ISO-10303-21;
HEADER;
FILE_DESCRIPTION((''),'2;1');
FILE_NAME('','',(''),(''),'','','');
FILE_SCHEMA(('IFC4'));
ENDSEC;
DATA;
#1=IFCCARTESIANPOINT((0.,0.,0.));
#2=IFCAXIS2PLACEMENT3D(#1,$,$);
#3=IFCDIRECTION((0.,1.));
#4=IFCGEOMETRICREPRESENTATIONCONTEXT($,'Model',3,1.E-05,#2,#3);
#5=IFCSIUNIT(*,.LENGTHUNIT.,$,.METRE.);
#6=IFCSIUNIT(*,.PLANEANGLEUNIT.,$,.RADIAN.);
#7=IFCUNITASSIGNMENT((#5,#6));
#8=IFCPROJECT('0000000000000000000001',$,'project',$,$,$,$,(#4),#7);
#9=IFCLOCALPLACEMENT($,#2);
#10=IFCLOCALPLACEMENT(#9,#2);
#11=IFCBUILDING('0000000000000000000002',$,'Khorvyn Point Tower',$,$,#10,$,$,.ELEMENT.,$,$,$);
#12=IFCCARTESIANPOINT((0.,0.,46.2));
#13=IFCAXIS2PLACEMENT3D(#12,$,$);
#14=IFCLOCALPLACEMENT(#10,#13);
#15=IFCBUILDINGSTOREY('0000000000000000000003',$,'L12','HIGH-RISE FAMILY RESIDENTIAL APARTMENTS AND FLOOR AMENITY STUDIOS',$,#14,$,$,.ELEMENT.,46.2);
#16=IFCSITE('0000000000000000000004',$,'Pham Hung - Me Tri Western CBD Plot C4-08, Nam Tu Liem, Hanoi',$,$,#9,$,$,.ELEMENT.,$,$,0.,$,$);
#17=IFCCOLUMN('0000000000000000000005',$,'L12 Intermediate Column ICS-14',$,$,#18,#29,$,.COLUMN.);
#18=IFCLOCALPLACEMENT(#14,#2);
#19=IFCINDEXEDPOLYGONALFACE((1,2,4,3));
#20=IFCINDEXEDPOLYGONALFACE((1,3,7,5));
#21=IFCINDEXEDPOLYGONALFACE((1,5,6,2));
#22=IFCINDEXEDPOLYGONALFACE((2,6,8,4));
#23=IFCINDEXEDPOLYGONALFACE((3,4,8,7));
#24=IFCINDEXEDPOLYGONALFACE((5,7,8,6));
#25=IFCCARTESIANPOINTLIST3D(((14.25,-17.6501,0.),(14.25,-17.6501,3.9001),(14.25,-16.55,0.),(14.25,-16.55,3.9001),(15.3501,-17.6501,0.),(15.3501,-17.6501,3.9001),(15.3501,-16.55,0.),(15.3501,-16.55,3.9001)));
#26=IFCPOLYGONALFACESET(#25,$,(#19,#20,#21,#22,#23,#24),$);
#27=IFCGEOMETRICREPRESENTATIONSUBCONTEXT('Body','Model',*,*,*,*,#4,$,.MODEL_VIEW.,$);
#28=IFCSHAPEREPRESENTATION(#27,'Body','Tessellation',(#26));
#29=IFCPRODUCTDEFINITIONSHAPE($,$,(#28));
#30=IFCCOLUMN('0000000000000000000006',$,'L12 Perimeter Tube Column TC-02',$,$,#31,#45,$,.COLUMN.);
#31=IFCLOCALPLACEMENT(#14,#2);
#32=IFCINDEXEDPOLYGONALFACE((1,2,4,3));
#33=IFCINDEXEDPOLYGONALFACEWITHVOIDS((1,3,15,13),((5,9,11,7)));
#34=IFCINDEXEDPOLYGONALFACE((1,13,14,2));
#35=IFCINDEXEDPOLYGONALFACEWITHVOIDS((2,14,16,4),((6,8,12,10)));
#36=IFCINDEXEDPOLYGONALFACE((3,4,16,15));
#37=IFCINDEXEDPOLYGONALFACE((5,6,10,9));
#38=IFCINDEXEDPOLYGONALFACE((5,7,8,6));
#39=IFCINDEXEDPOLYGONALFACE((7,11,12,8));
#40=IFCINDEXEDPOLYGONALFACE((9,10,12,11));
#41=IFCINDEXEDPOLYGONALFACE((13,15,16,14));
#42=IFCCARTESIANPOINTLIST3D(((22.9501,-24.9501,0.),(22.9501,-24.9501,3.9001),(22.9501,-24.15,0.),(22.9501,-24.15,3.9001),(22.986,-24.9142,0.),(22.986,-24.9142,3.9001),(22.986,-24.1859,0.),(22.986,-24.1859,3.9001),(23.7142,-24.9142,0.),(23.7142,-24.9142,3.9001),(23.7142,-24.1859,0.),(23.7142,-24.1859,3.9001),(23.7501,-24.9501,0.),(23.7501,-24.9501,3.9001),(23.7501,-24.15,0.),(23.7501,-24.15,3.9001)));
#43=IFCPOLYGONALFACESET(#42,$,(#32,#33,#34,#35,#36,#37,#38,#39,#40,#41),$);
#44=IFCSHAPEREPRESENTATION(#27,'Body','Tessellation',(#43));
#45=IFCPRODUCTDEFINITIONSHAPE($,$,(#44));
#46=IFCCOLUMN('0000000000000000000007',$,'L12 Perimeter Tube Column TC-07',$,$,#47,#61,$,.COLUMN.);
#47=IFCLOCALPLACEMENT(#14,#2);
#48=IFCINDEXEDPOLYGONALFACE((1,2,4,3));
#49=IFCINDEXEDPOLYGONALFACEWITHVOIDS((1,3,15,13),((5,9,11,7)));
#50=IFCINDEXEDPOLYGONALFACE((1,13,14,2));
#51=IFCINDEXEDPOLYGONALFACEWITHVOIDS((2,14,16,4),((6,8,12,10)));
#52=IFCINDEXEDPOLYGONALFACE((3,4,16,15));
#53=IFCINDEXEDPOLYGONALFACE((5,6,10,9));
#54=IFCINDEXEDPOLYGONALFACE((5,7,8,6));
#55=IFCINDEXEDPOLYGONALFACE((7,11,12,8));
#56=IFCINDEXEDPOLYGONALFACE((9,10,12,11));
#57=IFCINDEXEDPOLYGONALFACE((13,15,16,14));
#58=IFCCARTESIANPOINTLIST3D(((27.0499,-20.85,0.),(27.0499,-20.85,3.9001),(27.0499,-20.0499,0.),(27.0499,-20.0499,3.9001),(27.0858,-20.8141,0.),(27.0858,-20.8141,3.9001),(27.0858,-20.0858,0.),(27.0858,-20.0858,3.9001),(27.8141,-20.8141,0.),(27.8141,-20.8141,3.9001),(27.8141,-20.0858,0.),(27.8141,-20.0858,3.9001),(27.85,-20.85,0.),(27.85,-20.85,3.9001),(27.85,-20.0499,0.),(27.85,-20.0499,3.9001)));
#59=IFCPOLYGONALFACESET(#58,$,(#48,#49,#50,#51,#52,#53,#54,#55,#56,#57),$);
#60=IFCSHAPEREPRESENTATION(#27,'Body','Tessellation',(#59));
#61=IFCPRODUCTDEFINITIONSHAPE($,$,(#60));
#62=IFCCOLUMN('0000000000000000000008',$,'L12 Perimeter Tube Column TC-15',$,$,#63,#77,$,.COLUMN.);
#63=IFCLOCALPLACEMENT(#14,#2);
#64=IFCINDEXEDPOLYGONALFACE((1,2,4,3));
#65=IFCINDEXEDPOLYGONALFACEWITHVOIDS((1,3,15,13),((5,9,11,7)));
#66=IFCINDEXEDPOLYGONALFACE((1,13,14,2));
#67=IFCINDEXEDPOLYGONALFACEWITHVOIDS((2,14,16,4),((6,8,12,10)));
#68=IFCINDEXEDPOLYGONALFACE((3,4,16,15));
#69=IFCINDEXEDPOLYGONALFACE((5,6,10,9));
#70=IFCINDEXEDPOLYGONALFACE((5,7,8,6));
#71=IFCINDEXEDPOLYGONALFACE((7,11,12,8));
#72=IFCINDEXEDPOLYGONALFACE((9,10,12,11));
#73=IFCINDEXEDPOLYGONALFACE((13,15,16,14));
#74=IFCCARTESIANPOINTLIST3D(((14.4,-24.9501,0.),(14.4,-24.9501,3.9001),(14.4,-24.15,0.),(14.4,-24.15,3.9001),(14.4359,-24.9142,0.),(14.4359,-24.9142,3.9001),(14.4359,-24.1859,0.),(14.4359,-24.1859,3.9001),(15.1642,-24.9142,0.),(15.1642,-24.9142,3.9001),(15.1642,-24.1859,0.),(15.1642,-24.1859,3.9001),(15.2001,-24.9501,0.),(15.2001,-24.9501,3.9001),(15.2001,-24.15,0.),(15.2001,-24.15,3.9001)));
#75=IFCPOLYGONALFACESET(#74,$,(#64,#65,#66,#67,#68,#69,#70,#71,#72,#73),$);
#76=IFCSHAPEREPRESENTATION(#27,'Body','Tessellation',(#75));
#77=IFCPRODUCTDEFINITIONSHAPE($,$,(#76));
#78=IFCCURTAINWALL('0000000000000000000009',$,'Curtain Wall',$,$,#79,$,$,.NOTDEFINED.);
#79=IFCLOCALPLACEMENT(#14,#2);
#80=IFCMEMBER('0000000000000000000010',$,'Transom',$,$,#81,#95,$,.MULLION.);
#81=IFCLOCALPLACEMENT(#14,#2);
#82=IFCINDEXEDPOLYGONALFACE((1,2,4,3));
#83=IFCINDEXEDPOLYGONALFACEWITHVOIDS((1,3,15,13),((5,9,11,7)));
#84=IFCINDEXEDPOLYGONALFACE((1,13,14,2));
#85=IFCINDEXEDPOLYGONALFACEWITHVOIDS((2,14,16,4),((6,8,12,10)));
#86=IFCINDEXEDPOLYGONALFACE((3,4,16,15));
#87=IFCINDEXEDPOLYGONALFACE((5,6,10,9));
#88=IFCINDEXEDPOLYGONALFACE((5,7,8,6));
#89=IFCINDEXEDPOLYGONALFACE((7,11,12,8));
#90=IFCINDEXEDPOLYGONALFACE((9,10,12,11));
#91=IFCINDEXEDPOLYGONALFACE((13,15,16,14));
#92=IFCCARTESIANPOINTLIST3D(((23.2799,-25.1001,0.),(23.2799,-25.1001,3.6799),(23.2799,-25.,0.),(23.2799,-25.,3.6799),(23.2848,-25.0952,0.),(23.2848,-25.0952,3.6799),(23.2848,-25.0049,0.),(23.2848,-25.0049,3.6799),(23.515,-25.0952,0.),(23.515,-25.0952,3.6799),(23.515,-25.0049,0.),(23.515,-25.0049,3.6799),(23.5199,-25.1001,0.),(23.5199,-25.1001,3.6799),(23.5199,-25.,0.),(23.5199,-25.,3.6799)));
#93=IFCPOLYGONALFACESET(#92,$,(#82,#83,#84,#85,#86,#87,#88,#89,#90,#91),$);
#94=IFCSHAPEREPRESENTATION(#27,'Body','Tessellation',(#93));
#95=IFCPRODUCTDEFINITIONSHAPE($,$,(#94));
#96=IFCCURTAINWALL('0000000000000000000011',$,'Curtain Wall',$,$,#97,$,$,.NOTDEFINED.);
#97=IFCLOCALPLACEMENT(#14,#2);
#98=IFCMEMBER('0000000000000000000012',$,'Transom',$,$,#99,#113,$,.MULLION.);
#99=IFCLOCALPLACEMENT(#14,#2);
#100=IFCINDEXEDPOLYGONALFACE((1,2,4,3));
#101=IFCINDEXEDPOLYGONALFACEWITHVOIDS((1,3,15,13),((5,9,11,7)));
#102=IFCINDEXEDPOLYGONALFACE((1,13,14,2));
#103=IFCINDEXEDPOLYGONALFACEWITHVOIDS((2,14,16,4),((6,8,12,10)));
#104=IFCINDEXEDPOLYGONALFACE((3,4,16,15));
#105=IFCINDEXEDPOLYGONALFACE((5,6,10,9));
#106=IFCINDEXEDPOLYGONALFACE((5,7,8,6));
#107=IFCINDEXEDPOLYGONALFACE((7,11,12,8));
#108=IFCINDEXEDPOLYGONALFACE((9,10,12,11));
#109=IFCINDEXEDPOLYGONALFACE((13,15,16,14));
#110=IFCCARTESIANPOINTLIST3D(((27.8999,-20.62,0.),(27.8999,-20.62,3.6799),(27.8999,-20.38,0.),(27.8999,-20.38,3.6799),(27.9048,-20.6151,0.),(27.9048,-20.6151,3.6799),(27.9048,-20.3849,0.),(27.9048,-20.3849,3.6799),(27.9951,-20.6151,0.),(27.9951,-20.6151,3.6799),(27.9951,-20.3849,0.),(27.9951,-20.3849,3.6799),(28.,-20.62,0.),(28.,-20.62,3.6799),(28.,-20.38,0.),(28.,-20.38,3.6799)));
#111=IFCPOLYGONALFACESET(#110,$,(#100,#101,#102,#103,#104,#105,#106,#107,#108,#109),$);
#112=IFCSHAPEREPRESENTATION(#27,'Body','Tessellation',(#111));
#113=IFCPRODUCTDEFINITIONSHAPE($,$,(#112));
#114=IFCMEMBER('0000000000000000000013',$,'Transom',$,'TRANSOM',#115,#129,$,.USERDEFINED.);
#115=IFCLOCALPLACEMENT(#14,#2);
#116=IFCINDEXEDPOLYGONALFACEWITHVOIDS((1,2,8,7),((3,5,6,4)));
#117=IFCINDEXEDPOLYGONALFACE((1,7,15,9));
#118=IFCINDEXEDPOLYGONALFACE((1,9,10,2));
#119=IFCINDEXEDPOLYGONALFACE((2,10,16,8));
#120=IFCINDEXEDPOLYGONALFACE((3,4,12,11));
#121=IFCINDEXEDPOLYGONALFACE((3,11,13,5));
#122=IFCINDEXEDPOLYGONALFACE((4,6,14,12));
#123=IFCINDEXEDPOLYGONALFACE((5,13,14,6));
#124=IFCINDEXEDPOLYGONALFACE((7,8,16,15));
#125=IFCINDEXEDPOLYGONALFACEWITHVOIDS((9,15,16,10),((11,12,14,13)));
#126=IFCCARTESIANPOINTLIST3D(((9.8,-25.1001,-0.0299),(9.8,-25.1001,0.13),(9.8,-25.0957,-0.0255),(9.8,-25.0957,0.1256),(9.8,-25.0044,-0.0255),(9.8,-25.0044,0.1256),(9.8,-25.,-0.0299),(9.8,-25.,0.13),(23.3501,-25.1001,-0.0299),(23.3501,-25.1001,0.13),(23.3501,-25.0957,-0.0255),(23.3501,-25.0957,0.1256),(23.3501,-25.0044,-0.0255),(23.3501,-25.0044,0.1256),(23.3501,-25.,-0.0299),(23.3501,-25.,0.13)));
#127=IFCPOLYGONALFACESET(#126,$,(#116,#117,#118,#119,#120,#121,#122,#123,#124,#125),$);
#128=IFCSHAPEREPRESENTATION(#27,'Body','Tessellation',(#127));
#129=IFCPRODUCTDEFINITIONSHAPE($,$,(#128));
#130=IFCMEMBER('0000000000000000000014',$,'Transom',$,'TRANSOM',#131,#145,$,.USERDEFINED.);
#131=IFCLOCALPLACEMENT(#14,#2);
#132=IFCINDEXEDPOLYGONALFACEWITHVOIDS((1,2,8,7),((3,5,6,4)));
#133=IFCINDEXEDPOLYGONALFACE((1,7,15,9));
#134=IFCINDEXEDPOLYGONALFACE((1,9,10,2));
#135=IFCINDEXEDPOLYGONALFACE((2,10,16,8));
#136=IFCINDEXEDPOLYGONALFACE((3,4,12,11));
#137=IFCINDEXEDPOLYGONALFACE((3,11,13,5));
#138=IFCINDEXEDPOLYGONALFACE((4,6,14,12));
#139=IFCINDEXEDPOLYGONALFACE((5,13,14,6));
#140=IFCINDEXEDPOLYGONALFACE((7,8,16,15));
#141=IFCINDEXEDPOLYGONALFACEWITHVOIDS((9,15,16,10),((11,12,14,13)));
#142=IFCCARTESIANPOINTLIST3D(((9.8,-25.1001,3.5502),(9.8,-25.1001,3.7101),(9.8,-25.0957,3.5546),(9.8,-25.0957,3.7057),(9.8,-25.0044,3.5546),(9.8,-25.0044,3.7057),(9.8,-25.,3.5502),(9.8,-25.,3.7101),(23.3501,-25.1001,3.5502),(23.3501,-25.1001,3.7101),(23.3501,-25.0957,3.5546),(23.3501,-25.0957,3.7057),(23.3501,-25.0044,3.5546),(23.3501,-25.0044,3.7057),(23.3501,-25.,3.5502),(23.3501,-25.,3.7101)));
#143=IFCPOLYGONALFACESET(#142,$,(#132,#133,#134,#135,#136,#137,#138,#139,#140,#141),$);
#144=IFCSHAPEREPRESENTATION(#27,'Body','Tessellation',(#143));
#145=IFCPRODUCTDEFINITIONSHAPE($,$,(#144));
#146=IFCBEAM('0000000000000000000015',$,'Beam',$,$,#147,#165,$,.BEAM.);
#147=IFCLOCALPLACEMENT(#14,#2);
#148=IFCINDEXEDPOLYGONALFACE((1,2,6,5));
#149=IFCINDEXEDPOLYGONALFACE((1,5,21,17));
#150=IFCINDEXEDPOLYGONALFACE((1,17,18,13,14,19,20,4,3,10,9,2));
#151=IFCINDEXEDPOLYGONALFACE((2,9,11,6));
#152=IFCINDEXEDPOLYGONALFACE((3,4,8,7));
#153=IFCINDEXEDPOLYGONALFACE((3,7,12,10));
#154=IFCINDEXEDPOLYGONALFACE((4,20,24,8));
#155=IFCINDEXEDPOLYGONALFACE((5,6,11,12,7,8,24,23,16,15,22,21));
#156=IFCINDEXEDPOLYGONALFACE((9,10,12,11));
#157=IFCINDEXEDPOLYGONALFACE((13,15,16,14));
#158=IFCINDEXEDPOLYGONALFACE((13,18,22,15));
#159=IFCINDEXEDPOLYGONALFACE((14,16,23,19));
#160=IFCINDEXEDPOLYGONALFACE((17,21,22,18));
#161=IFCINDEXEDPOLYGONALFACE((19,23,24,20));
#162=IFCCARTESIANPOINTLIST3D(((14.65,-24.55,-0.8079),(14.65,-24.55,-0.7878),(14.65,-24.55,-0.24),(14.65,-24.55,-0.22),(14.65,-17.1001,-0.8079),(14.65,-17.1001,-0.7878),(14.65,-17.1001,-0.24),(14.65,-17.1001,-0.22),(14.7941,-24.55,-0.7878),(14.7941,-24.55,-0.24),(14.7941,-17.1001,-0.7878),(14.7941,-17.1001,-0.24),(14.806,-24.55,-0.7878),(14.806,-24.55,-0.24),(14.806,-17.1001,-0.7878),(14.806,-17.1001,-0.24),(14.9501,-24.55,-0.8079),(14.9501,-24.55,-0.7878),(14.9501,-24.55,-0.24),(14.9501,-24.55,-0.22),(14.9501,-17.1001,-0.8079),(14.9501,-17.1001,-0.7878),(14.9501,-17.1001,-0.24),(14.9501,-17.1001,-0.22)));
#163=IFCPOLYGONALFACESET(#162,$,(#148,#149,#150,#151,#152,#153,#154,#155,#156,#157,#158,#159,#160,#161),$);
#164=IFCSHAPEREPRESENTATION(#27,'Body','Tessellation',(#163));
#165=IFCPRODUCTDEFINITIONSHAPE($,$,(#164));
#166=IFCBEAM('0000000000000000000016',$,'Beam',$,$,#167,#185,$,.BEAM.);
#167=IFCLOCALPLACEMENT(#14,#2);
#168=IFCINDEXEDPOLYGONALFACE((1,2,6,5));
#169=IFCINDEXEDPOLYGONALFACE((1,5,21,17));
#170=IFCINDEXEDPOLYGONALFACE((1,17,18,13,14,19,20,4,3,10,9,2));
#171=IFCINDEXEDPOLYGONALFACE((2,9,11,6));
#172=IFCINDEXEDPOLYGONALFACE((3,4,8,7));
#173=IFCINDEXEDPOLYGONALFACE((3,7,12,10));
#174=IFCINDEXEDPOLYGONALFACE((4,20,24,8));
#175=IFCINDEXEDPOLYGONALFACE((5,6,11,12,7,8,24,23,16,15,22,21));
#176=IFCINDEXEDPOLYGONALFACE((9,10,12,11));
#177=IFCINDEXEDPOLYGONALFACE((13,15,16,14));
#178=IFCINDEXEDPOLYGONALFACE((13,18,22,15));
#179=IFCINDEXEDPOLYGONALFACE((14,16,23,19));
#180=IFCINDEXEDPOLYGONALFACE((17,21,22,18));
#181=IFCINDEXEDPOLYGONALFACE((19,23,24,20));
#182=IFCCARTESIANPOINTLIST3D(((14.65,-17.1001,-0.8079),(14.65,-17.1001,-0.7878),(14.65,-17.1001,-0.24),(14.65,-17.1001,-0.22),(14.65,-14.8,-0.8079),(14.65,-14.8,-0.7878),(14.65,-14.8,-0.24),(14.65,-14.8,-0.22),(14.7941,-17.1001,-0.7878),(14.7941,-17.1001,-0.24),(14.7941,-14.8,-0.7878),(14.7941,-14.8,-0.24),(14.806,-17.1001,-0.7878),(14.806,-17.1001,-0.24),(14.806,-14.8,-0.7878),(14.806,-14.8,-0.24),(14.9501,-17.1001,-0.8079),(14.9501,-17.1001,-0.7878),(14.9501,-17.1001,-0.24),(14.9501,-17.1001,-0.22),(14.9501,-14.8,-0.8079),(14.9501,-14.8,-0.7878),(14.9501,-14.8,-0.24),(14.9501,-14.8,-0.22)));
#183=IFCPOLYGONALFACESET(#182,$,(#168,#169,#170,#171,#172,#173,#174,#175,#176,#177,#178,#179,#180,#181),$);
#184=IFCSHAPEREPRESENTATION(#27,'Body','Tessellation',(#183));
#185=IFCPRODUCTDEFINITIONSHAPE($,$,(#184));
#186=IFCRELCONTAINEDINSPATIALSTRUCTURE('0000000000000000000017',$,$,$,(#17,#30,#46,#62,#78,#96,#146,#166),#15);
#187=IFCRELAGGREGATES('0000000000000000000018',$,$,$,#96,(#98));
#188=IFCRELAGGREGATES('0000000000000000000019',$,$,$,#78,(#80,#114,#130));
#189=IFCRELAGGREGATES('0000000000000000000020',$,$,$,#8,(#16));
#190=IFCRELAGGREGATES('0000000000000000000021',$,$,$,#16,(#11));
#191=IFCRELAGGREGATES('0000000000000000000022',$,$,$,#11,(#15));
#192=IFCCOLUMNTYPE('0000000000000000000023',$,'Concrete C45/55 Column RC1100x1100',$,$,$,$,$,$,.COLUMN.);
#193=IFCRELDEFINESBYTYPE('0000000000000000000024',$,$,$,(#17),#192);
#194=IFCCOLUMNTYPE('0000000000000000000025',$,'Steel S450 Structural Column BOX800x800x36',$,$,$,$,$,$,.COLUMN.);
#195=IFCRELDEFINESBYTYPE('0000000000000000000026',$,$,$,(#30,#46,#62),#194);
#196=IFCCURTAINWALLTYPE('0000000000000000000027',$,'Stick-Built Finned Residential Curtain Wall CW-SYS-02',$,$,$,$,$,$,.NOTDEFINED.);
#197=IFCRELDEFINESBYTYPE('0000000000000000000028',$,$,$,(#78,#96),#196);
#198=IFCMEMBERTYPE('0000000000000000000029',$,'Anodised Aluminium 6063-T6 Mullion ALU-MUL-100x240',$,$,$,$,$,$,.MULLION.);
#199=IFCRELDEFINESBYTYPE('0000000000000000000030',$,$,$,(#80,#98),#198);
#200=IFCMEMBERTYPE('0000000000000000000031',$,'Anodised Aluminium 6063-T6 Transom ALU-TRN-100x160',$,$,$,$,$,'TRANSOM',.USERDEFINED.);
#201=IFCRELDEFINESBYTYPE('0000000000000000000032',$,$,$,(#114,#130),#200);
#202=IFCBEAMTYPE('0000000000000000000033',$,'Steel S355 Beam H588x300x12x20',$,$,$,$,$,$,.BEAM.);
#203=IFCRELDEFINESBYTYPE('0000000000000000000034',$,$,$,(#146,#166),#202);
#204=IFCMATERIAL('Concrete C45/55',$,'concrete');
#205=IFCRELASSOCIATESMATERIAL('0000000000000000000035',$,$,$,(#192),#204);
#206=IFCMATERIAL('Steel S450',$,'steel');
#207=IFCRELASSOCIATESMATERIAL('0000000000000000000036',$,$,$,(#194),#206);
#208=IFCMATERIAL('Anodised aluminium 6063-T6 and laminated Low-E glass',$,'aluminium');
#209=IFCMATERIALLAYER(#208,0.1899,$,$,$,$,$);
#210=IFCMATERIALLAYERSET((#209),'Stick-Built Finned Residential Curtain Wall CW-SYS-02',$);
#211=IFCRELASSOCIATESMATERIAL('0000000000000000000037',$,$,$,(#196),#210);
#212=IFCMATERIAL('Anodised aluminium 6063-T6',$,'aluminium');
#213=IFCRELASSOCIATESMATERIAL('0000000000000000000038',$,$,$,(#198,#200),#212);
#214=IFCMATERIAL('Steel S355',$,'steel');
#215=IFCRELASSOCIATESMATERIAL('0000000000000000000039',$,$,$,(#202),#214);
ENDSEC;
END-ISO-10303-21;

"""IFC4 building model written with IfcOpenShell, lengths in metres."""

from ifc_helpers import new_model, si_unit, direction, frame, origin, origin_2d, place, context, subcontext, project, spatial, rectangle, hollow_rectangle, i_section, extrude, material, layer, layer_set, material_profile, profile_set, type_object, element, aggregate, save


model = new_model("IFC4")

# Units and contexts
model_context = context("Model", 3, precision=1e-05, world=origin(), true_north=direction((0.0, 1.0)))
body_context = subcontext(model_context, "Body", "Model", "MODEL_VIEW")
ifc_project = project(units=[si_unit("LENGTHUNIT", "METRE"), si_unit("PLANEANGLEUNIT", "RADIAN")], contexts=[model_context])

# Site, building, storey
site_placement = place(None, origin())
site = spatial("IfcSite", under=ifc_project, at=site_placement, Name="Pham Hung - Me Tri Western CBD Plot C4-08, Nam Tu Liem, Hanoi", CompositionType="ELEMENT", RefElevation=0.0)
building_placement = place(site_placement, origin())
building = spatial("IfcBuilding", under=site, at=building_placement, Name="Khorvyn Point Tower", CompositionType="ELEMENT")
storey_placement = place(building_placement, frame((0.0, 0.0, 46.2)))
storey = spatial("IfcBuildingStorey", under=building, at=storey_placement, Name="L12", Description="HIGH-RISE FAMILY RESIDENTIAL APARTMENTS AND FLOOR AMENITY STUDIOS", CompositionType="ELEMENT", Elevation=46.2)

# Columns
ifc_material_1 = material(Name="Concrete C45/55", Category="concrete")
ifc_material_profile_1 = material_profile(ifc_material_1, rectangle(XDim=1.1001, YDim=1.1001, at=origin_2d()))
ifc_profile_set_1 = profile_set([ifc_material_profile_1], Name="Concrete C45/55 RC1100x1100")
column_type_1 = type_object("IfcColumnType", Name="Concrete C45/55 Column RC1100x1100", PredefinedType="COLUMN", material=ifc_profile_set_1)
column_placement = place(storey_placement, frame((14.8, -17.1001, 0.0), z_axis=(0.0, 0.0, 1.0), x_axis=(1.0, 0.0, 0.0)))
element("IfcColumn", 1, at=column_placement, inside=storey, type_object=column_type_1, Name="L12 Intermediate Column ICS-14", PredefinedType="COLUMN", context=body_context, shape_type="SweptSolid", body=[
    extrude(rectangle(XDim=1.1001, YDim=1.1001, at=origin_2d()), origin(), (0.0, 0.0, 1.0), 3.9001),
])
ifc_material_2 = material(Name="Steel S450", Category="steel")
ifc_material_profile_2 = material_profile(ifc_material_2, hollow_rectangle(XDim=0.8, YDim=0.8, WallThickness=0.0359, at=origin_2d()))
ifc_profile_set_2 = profile_set([ifc_material_profile_2], Name="Steel S450 BOX800x800x36")
column_type_2 = type_object("IfcColumnType", Name="Steel S450 Structural Column BOX800x800x36", PredefinedType="COLUMN", material=ifc_profile_set_2)
for number, where, z_axis, x_axis, name in (
    (2, (23.3501, -24.55, 0.0), (0.0, 0.0, 1.0), (1.0, 0.0, 0.0), "L12 Perimeter Tube Column TC-02"),
    (3, (27.45, -20.45, 0.0), (0.0, 0.0, 1.0), (1.0, 0.0, 0.0), "L12 Perimeter Tube Column TC-07"),
    (4, (14.8, -24.55, 0.0), (0.0, 0.0, 1.0), (1.0, 0.0, 0.0), "L12 Perimeter Tube Column TC-15"),
):
    element("IfcColumn", number, at=place(storey_placement, frame(where, z_axis=z_axis, x_axis=x_axis)), inside=storey, type_object=column_type_2, Name=name, PredefinedType="COLUMN", context=body_context, shape_type="SweptSolid", body=[
        extrude(hollow_rectangle(XDim=0.8, YDim=0.8, WallThickness=0.0359, at=origin_2d()), origin(), (0.0, 0.0, 1.0), 3.9001),
    ])

# Curtain walls, members
ifc_material_3 = material(Name="Anodised aluminium 6063-T6 and laminated Low-E glass", Category="aluminium")
ifc_layer_1 = layer(ifc_material_3, 0.1899)
ifc_layer_set_1 = layer_set([ifc_layer_1], Name="Stick-Built Finned Residential Curtain Wall CW-SYS-02")
curtain_wall_type = type_object("IfcCurtainWallType", Name="Stick-Built Finned Residential Curtain Wall CW-SYS-02", PredefinedType="NOTDEFINED", material=ifc_layer_set_1)
curtain_wall_1_placement = place(storey_placement, origin())
curtain_wall_1 = element("IfcCurtainWall", 5, at=curtain_wall_1_placement, inside=storey, type_object=curtain_wall_type, Name="Curtain Wall", PredefinedType="NOTDEFINED")
ifc_material_4 = material(Name="Anodised aluminium 6063-T6", Category="aluminium")
ifc_material_profile_3 = material_profile(ifc_material_4, hollow_rectangle(XDim=0.1001, YDim=0.24, WallThickness=0.0049, at=origin_2d()))
ifc_profile_set_3 = profile_set([ifc_material_profile_3], Name="Anodised aluminium 6063-T6 ALU-MUL-100x240")
member_type_1 = type_object("IfcMemberType", Name="Anodised Aluminium 6063-T6 Mullion ALU-MUL-100x240", PredefinedType="MULLION", material=ifc_profile_set_3)
member_1_placement = place(storey_placement, frame((23.3999, -25.05, 0.0), z_axis=(0.0, 0.0, 1.0), x_axis=(0.0, -1.0, 0.0)))
member_1 = element("IfcMember", 6, at=member_1_placement, type_object=member_type_1, Name="Transom", PredefinedType="MULLION", context=body_context, shape_type="SweptSolid", body=[
    extrude(hollow_rectangle(XDim=0.1001, YDim=0.24, WallThickness=0.0049, at=origin_2d()), origin(), (0.0, 0.0, 1.0), 3.6799),
])
curtain_wall_2_placement = place(storey_placement, origin())
curtain_wall_2 = element("IfcCurtainWall", 7, at=curtain_wall_2_placement, inside=storey, type_object=curtain_wall_type, Name="Curtain Wall", PredefinedType="NOTDEFINED")
member_2_placement = place(storey_placement, frame((27.95, -20.5, 0.0), z_axis=(0.0, 0.0, 1.0), x_axis=(1.0, 0.0, 0.0)))
member_2 = element("IfcMember", 8, at=member_2_placement, type_object=member_type_1, Name="Transom", PredefinedType="MULLION", context=body_context, shape_type="SweptSolid", body=[
    extrude(hollow_rectangle(XDim=0.1001, YDim=0.24, WallThickness=0.0049, at=origin_2d()), origin(), (0.0, 0.0, 1.0), 3.6799),
])
aggregate(curtain_wall_2, [member_2])

# Members
ifc_material_profile_4 = material_profile(ifc_material_4, hollow_rectangle(XDim=0.1001, YDim=0.1599, WallThickness=0.0044, at=origin_2d()))
ifc_profile_set_4 = profile_set([ifc_material_profile_4], Name="Anodised aluminium 6063-T6 ALU-TRN-100x160")
member_type_2 = type_object("IfcMemberType", Name="Anodised Aluminium 6063-T6 Transom ALU-TRN-100x160", ElementType="TRANSOM", PredefinedType="USERDEFINED", material=ifc_profile_set_4)
member_3_placement = place(storey_placement, frame((23.3501, -25.05, 0.05), z_axis=(-1.0, 0.0, 0.0), x_axis=(0.0, -1.0, 0.0)))
member_3 = element("IfcMember", 9, at=member_3_placement, type_object=member_type_2, Name="Transom", ObjectType="TRANSOM", PredefinedType="USERDEFINED", context=body_context, shape_type="SweptSolid", body=[
    extrude(hollow_rectangle(XDim=0.1001, YDim=0.1599, WallThickness=0.0044, at=origin_2d()), origin(), (0.0, 0.0, 1.0), 13.55),
])
member_4_placement = place(storey_placement, frame((23.3501, -25.05, 3.6301), z_axis=(-1.0, 0.0, 0.0), x_axis=(0.0, -1.0, 0.0)))
member_4 = element("IfcMember", 10, at=member_4_placement, type_object=member_type_2, Name="Transom", ObjectType="TRANSOM", PredefinedType="USERDEFINED", context=body_context, shape_type="SweptSolid", body=[
    extrude(hollow_rectangle(XDim=0.1001, YDim=0.1599, WallThickness=0.0044, at=origin_2d()), origin(), (0.0, 0.0, 1.0), 13.55),
])

# Beams
ifc_material_5 = material(Name="Steel S355", Category="steel")
ifc_material_profile_5 = material_profile(ifc_material_5, i_section(OverallWidth=0.3, OverallDepth=0.5879, WebThickness=0.012, FlangeThickness=0.02, at=origin_2d()))
ifc_profile_set_5 = profile_set([ifc_material_profile_5], Name="Steel S355 H588x300x12x20")
beam_type_1 = type_object("IfcBeamType", Name="Steel S355 Beam H588x300x12x20", PredefinedType="BEAM", material=ifc_profile_set_5)
beam_1_placement = place(storey_placement, frame((14.8, -24.55, -0.5139), z_axis=(0.0, 1.0, 0.0), x_axis=(-1.0, 0.0, 0.0)))
element("IfcBeam", 11, at=beam_1_placement, inside=storey, type_object=beam_type_1, Name="Beam", PredefinedType="BEAM", context=body_context, shape_type="SweptSolid", body=[
    extrude(i_section(OverallWidth=0.3, OverallDepth=0.5879, WebThickness=0.012, FlangeThickness=0.02, at=origin_2d()), origin(), (0.0, 0.0, 1.0), 7.45),
])
beam_2_placement = place(storey_placement, frame((14.8, -17.1001, -0.5139), z_axis=(0.0, 1.0, 0.0), x_axis=(-1.0, 0.0, 0.0)))
element("IfcBeam", 12, at=beam_2_placement, inside=storey, type_object=beam_type_1, Name="Beam", PredefinedType="BEAM", context=body_context, shape_type="SweptSolid", body=[
    extrude(i_section(OverallWidth=0.3, OverallDepth=0.5879, WebThickness=0.012, FlangeThickness=0.02, at=origin_2d()), origin(), (0.0, 0.0, 1.0), 2.3),
])

aggregate(curtain_wall_1, [member_1, member_3, member_4])

save(model, "model.ifc")
